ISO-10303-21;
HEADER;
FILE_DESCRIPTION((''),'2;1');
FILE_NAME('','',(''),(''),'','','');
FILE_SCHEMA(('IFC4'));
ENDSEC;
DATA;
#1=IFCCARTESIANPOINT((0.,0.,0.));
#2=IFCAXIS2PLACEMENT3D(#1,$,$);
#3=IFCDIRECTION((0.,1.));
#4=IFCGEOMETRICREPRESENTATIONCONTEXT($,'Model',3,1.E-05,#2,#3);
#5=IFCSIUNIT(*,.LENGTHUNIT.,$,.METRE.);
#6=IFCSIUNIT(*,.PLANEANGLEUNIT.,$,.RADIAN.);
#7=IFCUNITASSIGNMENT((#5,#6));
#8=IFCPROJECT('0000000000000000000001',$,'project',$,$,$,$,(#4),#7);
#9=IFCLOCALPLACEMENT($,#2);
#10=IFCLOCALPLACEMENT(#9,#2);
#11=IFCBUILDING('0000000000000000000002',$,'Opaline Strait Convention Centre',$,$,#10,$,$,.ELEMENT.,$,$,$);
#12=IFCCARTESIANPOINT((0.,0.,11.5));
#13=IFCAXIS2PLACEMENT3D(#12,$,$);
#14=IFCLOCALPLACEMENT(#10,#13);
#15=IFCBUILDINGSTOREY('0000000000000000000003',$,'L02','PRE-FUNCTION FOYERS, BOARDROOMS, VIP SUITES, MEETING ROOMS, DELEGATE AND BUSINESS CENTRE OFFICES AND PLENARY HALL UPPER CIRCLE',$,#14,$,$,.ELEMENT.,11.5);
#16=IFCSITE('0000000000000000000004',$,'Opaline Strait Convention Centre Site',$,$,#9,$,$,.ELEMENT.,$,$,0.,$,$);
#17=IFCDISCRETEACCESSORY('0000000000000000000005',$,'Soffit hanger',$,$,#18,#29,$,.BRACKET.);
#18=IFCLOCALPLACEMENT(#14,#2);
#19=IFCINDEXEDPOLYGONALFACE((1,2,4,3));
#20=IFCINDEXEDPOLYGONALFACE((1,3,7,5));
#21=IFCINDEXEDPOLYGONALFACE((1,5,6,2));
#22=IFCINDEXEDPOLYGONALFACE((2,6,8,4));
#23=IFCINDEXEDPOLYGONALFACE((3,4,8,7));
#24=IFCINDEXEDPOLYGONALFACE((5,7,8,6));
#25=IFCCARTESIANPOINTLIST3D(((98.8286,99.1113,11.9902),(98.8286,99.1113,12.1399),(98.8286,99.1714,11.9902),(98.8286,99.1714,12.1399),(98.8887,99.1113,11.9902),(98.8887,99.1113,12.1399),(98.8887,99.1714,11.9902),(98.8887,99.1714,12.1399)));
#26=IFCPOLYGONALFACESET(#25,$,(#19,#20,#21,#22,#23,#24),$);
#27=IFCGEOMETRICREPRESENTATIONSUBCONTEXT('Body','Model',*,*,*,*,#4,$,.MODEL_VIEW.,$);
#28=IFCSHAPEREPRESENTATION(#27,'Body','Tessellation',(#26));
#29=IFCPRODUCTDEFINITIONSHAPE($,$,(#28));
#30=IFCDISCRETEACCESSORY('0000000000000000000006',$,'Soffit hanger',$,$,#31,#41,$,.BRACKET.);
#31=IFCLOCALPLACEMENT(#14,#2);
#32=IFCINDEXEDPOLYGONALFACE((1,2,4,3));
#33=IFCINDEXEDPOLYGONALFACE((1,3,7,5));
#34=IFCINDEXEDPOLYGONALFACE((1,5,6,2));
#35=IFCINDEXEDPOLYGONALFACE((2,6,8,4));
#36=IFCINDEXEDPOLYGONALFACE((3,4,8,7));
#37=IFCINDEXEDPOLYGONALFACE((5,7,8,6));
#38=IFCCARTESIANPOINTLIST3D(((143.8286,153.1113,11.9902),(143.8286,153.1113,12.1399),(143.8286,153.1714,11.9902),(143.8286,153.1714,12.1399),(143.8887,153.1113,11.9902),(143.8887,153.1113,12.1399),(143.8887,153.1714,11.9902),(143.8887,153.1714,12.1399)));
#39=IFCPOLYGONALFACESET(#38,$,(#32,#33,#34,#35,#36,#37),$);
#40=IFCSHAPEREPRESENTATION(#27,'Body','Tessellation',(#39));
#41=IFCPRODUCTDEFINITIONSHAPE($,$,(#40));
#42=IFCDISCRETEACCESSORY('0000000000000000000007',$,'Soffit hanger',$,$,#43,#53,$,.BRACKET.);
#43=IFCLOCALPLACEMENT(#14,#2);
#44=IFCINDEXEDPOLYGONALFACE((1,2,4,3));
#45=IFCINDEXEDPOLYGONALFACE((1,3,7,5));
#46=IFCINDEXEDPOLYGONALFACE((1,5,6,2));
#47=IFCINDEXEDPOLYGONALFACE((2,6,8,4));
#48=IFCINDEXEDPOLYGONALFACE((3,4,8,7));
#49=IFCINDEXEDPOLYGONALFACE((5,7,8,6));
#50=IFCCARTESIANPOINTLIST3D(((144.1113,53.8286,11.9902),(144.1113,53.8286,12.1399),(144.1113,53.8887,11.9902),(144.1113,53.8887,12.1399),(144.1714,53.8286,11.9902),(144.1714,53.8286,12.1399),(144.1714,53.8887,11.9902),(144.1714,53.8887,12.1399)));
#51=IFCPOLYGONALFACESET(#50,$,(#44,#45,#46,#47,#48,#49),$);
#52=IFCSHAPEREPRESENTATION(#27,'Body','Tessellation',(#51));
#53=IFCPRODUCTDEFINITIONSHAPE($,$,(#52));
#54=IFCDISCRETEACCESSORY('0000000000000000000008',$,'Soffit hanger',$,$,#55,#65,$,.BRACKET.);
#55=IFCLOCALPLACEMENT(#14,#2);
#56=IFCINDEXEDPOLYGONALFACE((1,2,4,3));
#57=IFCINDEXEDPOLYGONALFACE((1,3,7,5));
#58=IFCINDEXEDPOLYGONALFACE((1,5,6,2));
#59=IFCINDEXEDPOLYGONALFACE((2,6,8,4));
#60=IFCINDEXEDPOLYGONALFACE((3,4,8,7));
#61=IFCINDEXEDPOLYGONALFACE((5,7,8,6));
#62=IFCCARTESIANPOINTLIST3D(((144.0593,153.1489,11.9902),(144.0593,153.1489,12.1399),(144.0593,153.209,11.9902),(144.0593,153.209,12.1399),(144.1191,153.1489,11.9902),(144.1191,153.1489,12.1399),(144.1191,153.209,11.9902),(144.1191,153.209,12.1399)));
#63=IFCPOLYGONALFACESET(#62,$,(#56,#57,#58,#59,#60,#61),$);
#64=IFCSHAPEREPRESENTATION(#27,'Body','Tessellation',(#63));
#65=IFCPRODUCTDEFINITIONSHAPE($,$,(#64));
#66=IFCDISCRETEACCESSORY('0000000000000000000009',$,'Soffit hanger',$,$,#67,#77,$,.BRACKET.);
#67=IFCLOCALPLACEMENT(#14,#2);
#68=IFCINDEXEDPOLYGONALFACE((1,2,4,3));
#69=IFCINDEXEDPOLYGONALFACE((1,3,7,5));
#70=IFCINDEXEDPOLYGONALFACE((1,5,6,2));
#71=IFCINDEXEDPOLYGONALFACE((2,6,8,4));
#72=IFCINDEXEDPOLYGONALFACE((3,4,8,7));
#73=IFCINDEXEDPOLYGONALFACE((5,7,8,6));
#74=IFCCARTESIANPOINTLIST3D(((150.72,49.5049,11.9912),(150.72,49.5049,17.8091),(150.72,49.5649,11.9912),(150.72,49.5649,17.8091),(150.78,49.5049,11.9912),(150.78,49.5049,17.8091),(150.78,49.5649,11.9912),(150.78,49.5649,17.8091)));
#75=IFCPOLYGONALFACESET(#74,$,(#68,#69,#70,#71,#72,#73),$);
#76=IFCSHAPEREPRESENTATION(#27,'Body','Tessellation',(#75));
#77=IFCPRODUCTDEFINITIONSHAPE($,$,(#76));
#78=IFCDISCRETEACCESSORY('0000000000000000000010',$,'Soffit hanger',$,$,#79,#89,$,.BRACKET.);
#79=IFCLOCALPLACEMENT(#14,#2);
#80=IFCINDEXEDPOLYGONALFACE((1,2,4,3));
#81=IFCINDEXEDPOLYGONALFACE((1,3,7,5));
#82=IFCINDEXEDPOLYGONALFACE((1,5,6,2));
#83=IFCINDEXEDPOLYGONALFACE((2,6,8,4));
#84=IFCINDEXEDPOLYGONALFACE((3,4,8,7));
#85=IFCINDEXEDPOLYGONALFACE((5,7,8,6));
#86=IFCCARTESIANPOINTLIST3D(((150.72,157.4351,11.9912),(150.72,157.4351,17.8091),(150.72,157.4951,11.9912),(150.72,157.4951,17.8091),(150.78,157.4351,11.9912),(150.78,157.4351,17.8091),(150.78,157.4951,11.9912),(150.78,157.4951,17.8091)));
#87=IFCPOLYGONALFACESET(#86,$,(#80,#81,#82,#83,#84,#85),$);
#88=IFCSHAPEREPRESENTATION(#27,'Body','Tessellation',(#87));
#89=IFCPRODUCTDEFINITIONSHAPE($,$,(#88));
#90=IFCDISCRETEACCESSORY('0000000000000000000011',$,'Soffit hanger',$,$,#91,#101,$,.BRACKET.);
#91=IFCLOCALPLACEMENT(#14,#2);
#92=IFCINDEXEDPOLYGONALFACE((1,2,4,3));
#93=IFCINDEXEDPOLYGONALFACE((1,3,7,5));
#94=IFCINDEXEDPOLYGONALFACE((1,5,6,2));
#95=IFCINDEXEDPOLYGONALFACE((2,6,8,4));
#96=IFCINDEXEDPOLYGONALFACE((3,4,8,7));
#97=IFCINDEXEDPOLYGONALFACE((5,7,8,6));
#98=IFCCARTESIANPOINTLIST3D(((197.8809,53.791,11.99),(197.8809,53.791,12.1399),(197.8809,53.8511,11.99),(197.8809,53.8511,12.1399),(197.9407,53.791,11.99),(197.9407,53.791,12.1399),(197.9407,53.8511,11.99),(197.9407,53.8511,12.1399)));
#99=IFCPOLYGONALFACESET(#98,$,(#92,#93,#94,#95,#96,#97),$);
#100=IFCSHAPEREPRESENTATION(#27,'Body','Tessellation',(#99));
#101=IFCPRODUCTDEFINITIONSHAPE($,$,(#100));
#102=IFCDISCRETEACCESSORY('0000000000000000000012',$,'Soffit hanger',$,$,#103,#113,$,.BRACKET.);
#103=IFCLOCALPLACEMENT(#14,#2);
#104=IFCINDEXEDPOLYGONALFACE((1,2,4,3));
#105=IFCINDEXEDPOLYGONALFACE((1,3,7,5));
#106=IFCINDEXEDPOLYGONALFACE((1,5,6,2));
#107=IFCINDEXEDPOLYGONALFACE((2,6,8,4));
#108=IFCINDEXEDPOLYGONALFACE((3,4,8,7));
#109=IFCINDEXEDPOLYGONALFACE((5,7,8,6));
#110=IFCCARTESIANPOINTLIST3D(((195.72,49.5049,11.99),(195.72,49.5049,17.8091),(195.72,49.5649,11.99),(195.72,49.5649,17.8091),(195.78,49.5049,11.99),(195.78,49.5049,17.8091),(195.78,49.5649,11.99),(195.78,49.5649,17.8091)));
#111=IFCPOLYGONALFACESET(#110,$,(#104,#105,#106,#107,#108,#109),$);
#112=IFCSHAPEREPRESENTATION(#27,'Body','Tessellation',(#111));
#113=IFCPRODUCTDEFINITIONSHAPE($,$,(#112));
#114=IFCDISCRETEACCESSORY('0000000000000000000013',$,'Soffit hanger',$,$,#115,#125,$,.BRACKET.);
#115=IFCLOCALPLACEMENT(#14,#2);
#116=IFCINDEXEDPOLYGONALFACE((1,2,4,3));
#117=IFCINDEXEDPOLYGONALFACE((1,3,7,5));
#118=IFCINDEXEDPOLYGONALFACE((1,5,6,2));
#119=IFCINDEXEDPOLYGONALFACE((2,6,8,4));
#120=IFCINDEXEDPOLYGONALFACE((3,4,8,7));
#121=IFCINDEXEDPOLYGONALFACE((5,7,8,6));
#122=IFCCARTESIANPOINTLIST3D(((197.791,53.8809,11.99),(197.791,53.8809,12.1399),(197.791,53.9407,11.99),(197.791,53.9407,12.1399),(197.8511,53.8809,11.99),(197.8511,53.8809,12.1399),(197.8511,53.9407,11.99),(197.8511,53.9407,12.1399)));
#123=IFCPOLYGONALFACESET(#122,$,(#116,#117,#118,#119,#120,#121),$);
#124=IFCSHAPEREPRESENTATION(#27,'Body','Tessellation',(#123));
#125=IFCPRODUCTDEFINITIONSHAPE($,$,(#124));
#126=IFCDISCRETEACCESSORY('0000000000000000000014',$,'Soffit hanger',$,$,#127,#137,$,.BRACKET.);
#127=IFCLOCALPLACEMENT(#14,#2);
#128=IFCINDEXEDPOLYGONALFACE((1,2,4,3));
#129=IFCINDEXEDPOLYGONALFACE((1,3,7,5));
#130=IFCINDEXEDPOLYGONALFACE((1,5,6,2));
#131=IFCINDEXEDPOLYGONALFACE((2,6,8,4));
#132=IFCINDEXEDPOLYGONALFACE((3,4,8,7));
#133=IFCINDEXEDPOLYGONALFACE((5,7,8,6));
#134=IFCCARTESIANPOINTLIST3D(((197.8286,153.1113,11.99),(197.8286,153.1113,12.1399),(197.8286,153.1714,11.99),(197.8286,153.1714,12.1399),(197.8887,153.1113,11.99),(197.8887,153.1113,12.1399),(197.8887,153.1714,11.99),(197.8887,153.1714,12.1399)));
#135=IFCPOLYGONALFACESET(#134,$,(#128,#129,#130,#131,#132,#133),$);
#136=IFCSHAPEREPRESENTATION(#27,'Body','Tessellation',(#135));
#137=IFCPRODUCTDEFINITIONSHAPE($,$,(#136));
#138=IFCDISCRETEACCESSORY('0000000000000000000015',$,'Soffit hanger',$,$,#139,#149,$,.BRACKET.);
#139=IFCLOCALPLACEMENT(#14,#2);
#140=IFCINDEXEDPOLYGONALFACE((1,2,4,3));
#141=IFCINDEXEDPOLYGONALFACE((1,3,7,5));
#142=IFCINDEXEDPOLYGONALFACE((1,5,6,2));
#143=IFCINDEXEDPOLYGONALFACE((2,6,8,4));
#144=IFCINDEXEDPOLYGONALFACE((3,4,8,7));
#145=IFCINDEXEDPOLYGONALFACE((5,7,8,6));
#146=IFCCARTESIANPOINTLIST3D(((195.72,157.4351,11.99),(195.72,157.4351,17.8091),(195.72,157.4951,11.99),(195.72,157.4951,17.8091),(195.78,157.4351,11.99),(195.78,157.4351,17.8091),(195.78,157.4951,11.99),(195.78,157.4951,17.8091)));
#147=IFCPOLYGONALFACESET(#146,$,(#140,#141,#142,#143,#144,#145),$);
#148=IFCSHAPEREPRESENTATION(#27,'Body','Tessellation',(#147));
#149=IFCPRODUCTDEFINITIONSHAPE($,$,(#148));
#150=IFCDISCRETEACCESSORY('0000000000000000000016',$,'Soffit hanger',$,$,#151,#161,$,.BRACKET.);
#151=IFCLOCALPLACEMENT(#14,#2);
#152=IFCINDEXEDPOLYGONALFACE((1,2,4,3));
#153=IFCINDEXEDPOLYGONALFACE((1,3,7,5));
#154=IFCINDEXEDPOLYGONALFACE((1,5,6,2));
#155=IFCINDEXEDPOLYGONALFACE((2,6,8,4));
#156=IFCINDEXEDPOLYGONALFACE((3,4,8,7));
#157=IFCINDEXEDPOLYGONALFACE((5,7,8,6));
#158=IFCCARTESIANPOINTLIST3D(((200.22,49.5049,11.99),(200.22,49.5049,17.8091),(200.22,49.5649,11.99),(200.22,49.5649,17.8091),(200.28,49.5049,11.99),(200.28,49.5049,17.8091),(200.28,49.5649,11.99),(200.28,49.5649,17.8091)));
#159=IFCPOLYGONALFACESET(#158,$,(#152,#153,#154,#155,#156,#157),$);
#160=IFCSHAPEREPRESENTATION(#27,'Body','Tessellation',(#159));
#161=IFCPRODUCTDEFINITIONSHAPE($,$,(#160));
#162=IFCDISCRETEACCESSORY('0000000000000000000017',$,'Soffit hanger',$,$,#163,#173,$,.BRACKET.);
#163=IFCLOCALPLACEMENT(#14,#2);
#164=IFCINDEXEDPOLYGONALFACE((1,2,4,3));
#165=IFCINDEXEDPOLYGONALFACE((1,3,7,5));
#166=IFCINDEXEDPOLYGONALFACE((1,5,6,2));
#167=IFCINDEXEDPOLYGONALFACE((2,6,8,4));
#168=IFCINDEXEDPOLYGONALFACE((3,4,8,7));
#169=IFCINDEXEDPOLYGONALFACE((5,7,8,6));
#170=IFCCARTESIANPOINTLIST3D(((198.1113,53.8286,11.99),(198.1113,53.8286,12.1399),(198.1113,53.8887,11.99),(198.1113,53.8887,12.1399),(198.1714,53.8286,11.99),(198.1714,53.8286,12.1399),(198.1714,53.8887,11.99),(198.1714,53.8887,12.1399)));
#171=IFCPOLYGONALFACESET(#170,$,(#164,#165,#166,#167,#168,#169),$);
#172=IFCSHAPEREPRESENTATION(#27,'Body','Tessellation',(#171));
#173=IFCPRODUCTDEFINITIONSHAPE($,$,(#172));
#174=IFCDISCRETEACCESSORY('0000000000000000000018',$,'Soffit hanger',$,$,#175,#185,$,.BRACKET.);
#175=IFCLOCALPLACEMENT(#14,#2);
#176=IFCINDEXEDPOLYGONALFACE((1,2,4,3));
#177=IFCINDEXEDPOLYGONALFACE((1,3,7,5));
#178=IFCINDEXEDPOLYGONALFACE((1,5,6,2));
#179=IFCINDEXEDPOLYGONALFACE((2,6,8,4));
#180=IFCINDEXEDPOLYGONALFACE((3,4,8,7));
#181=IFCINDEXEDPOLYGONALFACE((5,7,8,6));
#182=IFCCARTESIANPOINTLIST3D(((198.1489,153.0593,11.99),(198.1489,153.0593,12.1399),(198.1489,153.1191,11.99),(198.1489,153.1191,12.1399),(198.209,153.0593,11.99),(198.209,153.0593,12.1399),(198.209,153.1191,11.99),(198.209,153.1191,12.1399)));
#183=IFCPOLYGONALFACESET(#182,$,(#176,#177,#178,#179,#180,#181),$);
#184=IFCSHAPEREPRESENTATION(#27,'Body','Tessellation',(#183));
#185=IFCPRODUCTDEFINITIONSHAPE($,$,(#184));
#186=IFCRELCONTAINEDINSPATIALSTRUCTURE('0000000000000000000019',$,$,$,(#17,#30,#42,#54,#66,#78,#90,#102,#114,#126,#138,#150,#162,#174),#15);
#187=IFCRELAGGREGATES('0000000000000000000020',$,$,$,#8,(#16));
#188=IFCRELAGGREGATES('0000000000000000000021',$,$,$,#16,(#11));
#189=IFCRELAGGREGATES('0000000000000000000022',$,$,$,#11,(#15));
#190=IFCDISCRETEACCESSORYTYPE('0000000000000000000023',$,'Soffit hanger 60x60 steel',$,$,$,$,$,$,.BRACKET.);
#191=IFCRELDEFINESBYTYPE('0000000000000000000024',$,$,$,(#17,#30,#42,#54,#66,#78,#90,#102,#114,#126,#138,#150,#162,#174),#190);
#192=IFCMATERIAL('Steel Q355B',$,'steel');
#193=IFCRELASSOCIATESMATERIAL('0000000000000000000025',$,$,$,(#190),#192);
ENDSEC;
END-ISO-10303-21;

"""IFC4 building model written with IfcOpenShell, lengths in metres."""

from ifc_helpers import new_model, si_unit, direction, frame, origin, place, context, subcontext, project, spatial, polyline, outline, extrude, material, type_object, element, save


model = new_model("IFC4")

# Units and contexts
model_context = context("Model", 3, precision=1e-05, world=origin(), true_north=direction((0.0, 1.0)))
body_context = subcontext(model_context, "Body", "Model", "MODEL_VIEW")
ifc_project = project(units=[si_unit("LENGTHUNIT", "METRE"), si_unit("PLANEANGLEUNIT", "RADIAN")], contexts=[model_context])

# Site, building, storey
site_placement = place(None, origin())
site = spatial("IfcSite", under=ifc_project, at=site_placement, Name="Opaline Strait Convention Centre Site", CompositionType="ELEMENT", RefElevation=0.0)
building_placement = place(site_placement, origin())
building = spatial("IfcBuilding", under=site, at=building_placement, Name="Opaline Strait Convention Centre", CompositionType="ELEMENT")
storey_placement = place(building_placement, frame((0.0, 0.0, 11.5)))
storey = spatial("IfcBuildingStorey", under=building, at=storey_placement, Name="L02", Description="PRE-FUNCTION FOYERS, BOARDROOMS, VIP SUITES, MEETING ROOMS, DELEGATE AND BUSINESS CENTRE OFFICES AND PLENARY HALL UPPER CIRCLE", CompositionType="ELEMENT", Elevation=11.5)

# Discrete accessories
ifc_material = material(Name="Steel Q355B", Category="steel")
discrete_accessory_type = type_object("IfcDiscreteAccessoryType", Name="Soffit hanger 60x60 steel", PredefinedType="BRACKET", material=ifc_material)
discrete_accessory_1_placement = place(storey_placement, frame((0.0, 0.0, 11.9902)))
element("IfcDiscreteAccessory", 1, at=discrete_accessory_1_placement, inside=storey, type_object=discrete_accessory_type, Name="Soffit hanger", PredefinedType="BRACKET", context=body_context, shape_type="SweptSolid", body=[
    extrude(outline(polyline([(98.8286, 99.1113), (98.8887, 99.1113), (98.8887, 99.1714), (98.8286, 99.1714), (98.8286, 99.1113)])), origin(), (0.0, 0.0, 1.0), 0.1497),
])
discrete_accessory_2_placement = place(storey_placement, frame((0.0, 0.0, 11.9902)))
element("IfcDiscreteAccessory", 2, at=discrete_accessory_2_placement, inside=storey, type_object=discrete_accessory_type, Name="Soffit hanger", PredefinedType="BRACKET", context=body_context, shape_type="SweptSolid", body=[
    extrude(outline(polyline([(143.8286, 153.1113), (143.8887, 153.1113), (143.8887, 153.1714), (143.8286, 153.1714), (143.8286, 153.1113)])), origin(), (0.0, 0.0, 1.0), 0.1497),
])
discrete_accessory_3_placement = place(storey_placement, frame((0.0, 0.0, 11.9902)))
element("IfcDiscreteAccessory", 3, at=discrete_accessory_3_placement, inside=storey, type_object=discrete_accessory_type, Name="Soffit hanger", PredefinedType="BRACKET", context=body_context, shape_type="SweptSolid", body=[
    extrude(outline(polyline([(144.1113, 53.8286), (144.1714, 53.8286), (144.1714, 53.8887), (144.1113, 53.8887), (144.1113, 53.8286)])), origin(), (0.0, 0.0, 1.0), 0.1497),
])
discrete_accessory_4_placement = place(storey_placement, frame((0.0, 0.0, 11.9902)))
element("IfcDiscreteAccessory", 4, at=discrete_accessory_4_placement, inside=storey, type_object=discrete_accessory_type, Name="Soffit hanger", PredefinedType="BRACKET", context=body_context, shape_type="SweptSolid", body=[
    extrude(outline(polyline([(144.0593, 153.1489), (144.1191, 153.1489), (144.1191, 153.209), (144.0593, 153.209), (144.0593, 153.1489)])), origin(), (0.0, 0.0, 1.0), 0.1497),
])
discrete_accessory_5_placement = place(storey_placement, frame((0.0, 0.0, 11.9912)))
element("IfcDiscreteAccessory", 5, at=discrete_accessory_5_placement, inside=storey, type_object=discrete_accessory_type, Name="Soffit hanger", PredefinedType="BRACKET", context=body_context, shape_type="SweptSolid", body=[
    extrude(outline(polyline([(150.72, 49.5049), (150.78, 49.5049), (150.78, 49.5649), (150.72, 49.5649), (150.72, 49.5049)])), origin(), (0.0, 0.0, 1.0), 5.8179),
])
discrete_accessory_6_placement = place(storey_placement, frame((0.0, 0.0, 11.9912)))
element("IfcDiscreteAccessory", 6, at=discrete_accessory_6_placement, inside=storey, type_object=discrete_accessory_type, Name="Soffit hanger", PredefinedType="BRACKET", context=body_context, shape_type="SweptSolid", body=[
    extrude(outline(polyline([(150.72, 157.4351), (150.78, 157.4351), (150.78, 157.4951), (150.72, 157.4951), (150.72, 157.4351)])), origin(), (0.0, 0.0, 1.0), 5.8179),
])
discrete_accessory_7_placement = place(storey_placement, frame((0.0, 0.0, 11.99)))
element("IfcDiscreteAccessory", 7, at=discrete_accessory_7_placement, inside=storey, type_object=discrete_accessory_type, Name="Soffit hanger", PredefinedType="BRACKET", context=body_context, shape_type="SweptSolid", body=[
    extrude(outline(polyline([(197.8809, 53.791), (197.9407, 53.791), (197.9407, 53.8511), (197.8809, 53.8511), (197.8809, 53.791)])), origin(), (0.0, 0.0, 1.0), 0.1499),
])
discrete_accessory_8_placement = place(storey_placement, frame((0.0, 0.0, 11.99)))
element("IfcDiscreteAccessory", 8, at=discrete_accessory_8_placement, inside=storey, type_object=discrete_accessory_type, Name="Soffit hanger", PredefinedType="BRACKET", context=body_context, shape_type="SweptSolid", body=[
    extrude(outline(polyline([(195.72, 49.5049), (195.78, 49.5049), (195.78, 49.5649), (195.72, 49.5649), (195.72, 49.5049)])), origin(), (0.0, 0.0, 1.0), 5.8191),
])
discrete_accessory_9_placement = place(storey_placement, frame((0.0, 0.0, 11.99)))
element("IfcDiscreteAccessory", 9, at=discrete_accessory_9_placement, inside=storey, type_object=discrete_accessory_type, Name="Soffit hanger", PredefinedType="BRACKET", context=body_context, shape_type="SweptSolid", body=[
    extrude(outline(polyline([(197.791, 53.8809), (197.8511, 53.8809), (197.8511, 53.9407), (197.791, 53.9407), (197.791, 53.8809)])), origin(), (0.0, 0.0, 1.0), 0.1499),
])
discrete_accessory_10_placement = place(storey_placement, frame((0.0, 0.0, 11.99)))
element("IfcDiscreteAccessory", 10, at=discrete_accessory_10_placement, inside=storey, type_object=discrete_accessory_type, Name="Soffit hanger", PredefinedType="BRACKET", context=body_context, shape_type="SweptSolid", body=[
    extrude(outline(polyline([(197.8286, 153.1113), (197.8887, 153.1113), (197.8887, 153.1714), (197.8286, 153.1714), (197.8286, 153.1113)])), origin(), (0.0, 0.0, 1.0), 0.1499),
])
discrete_accessory_11_placement = place(storey_placement, frame((0.0, 0.0, 11.99)))
element("IfcDiscreteAccessory", 11, at=discrete_accessory_11_placement, inside=storey, type_object=discrete_accessory_type, Name="Soffit hanger", PredefinedType="BRACKET", context=body_context, shape_type="SweptSolid", body=[
    extrude(outline(polyline([(195.72, 157.4351), (195.78, 157.4351), (195.78, 157.4951), (195.72, 157.4951), (195.72, 157.4351)])), origin(), (0.0, 0.0, 1.0), 5.8191),
])
discrete_accessory_12_placement = place(storey_placement, frame((0.0, 0.0, 11.99)))
element("IfcDiscreteAccessory", 12, at=discrete_accessory_12_placement, inside=storey, type_object=discrete_accessory_type, Name="Soffit hanger", PredefinedType="BRACKET", context=body_context, shape_type="SweptSolid", body=[
    extrude(outline(polyline([(200.22, 49.5049), (200.28, 49.5049), (200.28, 49.5649), (200.22, 49.5649), (200.22, 49.5049)])), origin(), (0.0, 0.0, 1.0), 5.8191),
])
discrete_accessory_13_placement = place(storey_placement, frame((0.0, 0.0, 11.99)))
element("IfcDiscreteAccessory", 13, at=discrete_accessory_13_placement, inside=storey, type_object=discrete_accessory_type, Name="Soffit hanger", PredefinedType="BRACKET", context=body_context, shape_type="SweptSolid", body=[
    extrude(outline(polyline([(198.1113, 53.8286), (198.1714, 53.8286), (198.1714, 53.8887), (198.1113, 53.8887), (198.1113, 53.8286)])), origin(), (0.0, 0.0, 1.0), 0.1499),
])
discrete_accessory_14_placement = place(storey_placement, frame((0.0, 0.0, 11.99)))
element("IfcDiscreteAccessory", 14, at=discrete_accessory_14_placement, inside=storey, type_object=discrete_accessory_type, Name="Soffit hanger", PredefinedType="BRACKET", context=body_context, shape_type="SweptSolid", body=[
    extrude(outline(polyline([(198.1489, 153.0593), (198.209, 153.0593), (198.209, 153.1191), (198.1489, 153.1191), (198.1489, 153.0593)])), origin(), (0.0, 0.0, 1.0), 0.1499),
])

save(model, "model.ifc")
